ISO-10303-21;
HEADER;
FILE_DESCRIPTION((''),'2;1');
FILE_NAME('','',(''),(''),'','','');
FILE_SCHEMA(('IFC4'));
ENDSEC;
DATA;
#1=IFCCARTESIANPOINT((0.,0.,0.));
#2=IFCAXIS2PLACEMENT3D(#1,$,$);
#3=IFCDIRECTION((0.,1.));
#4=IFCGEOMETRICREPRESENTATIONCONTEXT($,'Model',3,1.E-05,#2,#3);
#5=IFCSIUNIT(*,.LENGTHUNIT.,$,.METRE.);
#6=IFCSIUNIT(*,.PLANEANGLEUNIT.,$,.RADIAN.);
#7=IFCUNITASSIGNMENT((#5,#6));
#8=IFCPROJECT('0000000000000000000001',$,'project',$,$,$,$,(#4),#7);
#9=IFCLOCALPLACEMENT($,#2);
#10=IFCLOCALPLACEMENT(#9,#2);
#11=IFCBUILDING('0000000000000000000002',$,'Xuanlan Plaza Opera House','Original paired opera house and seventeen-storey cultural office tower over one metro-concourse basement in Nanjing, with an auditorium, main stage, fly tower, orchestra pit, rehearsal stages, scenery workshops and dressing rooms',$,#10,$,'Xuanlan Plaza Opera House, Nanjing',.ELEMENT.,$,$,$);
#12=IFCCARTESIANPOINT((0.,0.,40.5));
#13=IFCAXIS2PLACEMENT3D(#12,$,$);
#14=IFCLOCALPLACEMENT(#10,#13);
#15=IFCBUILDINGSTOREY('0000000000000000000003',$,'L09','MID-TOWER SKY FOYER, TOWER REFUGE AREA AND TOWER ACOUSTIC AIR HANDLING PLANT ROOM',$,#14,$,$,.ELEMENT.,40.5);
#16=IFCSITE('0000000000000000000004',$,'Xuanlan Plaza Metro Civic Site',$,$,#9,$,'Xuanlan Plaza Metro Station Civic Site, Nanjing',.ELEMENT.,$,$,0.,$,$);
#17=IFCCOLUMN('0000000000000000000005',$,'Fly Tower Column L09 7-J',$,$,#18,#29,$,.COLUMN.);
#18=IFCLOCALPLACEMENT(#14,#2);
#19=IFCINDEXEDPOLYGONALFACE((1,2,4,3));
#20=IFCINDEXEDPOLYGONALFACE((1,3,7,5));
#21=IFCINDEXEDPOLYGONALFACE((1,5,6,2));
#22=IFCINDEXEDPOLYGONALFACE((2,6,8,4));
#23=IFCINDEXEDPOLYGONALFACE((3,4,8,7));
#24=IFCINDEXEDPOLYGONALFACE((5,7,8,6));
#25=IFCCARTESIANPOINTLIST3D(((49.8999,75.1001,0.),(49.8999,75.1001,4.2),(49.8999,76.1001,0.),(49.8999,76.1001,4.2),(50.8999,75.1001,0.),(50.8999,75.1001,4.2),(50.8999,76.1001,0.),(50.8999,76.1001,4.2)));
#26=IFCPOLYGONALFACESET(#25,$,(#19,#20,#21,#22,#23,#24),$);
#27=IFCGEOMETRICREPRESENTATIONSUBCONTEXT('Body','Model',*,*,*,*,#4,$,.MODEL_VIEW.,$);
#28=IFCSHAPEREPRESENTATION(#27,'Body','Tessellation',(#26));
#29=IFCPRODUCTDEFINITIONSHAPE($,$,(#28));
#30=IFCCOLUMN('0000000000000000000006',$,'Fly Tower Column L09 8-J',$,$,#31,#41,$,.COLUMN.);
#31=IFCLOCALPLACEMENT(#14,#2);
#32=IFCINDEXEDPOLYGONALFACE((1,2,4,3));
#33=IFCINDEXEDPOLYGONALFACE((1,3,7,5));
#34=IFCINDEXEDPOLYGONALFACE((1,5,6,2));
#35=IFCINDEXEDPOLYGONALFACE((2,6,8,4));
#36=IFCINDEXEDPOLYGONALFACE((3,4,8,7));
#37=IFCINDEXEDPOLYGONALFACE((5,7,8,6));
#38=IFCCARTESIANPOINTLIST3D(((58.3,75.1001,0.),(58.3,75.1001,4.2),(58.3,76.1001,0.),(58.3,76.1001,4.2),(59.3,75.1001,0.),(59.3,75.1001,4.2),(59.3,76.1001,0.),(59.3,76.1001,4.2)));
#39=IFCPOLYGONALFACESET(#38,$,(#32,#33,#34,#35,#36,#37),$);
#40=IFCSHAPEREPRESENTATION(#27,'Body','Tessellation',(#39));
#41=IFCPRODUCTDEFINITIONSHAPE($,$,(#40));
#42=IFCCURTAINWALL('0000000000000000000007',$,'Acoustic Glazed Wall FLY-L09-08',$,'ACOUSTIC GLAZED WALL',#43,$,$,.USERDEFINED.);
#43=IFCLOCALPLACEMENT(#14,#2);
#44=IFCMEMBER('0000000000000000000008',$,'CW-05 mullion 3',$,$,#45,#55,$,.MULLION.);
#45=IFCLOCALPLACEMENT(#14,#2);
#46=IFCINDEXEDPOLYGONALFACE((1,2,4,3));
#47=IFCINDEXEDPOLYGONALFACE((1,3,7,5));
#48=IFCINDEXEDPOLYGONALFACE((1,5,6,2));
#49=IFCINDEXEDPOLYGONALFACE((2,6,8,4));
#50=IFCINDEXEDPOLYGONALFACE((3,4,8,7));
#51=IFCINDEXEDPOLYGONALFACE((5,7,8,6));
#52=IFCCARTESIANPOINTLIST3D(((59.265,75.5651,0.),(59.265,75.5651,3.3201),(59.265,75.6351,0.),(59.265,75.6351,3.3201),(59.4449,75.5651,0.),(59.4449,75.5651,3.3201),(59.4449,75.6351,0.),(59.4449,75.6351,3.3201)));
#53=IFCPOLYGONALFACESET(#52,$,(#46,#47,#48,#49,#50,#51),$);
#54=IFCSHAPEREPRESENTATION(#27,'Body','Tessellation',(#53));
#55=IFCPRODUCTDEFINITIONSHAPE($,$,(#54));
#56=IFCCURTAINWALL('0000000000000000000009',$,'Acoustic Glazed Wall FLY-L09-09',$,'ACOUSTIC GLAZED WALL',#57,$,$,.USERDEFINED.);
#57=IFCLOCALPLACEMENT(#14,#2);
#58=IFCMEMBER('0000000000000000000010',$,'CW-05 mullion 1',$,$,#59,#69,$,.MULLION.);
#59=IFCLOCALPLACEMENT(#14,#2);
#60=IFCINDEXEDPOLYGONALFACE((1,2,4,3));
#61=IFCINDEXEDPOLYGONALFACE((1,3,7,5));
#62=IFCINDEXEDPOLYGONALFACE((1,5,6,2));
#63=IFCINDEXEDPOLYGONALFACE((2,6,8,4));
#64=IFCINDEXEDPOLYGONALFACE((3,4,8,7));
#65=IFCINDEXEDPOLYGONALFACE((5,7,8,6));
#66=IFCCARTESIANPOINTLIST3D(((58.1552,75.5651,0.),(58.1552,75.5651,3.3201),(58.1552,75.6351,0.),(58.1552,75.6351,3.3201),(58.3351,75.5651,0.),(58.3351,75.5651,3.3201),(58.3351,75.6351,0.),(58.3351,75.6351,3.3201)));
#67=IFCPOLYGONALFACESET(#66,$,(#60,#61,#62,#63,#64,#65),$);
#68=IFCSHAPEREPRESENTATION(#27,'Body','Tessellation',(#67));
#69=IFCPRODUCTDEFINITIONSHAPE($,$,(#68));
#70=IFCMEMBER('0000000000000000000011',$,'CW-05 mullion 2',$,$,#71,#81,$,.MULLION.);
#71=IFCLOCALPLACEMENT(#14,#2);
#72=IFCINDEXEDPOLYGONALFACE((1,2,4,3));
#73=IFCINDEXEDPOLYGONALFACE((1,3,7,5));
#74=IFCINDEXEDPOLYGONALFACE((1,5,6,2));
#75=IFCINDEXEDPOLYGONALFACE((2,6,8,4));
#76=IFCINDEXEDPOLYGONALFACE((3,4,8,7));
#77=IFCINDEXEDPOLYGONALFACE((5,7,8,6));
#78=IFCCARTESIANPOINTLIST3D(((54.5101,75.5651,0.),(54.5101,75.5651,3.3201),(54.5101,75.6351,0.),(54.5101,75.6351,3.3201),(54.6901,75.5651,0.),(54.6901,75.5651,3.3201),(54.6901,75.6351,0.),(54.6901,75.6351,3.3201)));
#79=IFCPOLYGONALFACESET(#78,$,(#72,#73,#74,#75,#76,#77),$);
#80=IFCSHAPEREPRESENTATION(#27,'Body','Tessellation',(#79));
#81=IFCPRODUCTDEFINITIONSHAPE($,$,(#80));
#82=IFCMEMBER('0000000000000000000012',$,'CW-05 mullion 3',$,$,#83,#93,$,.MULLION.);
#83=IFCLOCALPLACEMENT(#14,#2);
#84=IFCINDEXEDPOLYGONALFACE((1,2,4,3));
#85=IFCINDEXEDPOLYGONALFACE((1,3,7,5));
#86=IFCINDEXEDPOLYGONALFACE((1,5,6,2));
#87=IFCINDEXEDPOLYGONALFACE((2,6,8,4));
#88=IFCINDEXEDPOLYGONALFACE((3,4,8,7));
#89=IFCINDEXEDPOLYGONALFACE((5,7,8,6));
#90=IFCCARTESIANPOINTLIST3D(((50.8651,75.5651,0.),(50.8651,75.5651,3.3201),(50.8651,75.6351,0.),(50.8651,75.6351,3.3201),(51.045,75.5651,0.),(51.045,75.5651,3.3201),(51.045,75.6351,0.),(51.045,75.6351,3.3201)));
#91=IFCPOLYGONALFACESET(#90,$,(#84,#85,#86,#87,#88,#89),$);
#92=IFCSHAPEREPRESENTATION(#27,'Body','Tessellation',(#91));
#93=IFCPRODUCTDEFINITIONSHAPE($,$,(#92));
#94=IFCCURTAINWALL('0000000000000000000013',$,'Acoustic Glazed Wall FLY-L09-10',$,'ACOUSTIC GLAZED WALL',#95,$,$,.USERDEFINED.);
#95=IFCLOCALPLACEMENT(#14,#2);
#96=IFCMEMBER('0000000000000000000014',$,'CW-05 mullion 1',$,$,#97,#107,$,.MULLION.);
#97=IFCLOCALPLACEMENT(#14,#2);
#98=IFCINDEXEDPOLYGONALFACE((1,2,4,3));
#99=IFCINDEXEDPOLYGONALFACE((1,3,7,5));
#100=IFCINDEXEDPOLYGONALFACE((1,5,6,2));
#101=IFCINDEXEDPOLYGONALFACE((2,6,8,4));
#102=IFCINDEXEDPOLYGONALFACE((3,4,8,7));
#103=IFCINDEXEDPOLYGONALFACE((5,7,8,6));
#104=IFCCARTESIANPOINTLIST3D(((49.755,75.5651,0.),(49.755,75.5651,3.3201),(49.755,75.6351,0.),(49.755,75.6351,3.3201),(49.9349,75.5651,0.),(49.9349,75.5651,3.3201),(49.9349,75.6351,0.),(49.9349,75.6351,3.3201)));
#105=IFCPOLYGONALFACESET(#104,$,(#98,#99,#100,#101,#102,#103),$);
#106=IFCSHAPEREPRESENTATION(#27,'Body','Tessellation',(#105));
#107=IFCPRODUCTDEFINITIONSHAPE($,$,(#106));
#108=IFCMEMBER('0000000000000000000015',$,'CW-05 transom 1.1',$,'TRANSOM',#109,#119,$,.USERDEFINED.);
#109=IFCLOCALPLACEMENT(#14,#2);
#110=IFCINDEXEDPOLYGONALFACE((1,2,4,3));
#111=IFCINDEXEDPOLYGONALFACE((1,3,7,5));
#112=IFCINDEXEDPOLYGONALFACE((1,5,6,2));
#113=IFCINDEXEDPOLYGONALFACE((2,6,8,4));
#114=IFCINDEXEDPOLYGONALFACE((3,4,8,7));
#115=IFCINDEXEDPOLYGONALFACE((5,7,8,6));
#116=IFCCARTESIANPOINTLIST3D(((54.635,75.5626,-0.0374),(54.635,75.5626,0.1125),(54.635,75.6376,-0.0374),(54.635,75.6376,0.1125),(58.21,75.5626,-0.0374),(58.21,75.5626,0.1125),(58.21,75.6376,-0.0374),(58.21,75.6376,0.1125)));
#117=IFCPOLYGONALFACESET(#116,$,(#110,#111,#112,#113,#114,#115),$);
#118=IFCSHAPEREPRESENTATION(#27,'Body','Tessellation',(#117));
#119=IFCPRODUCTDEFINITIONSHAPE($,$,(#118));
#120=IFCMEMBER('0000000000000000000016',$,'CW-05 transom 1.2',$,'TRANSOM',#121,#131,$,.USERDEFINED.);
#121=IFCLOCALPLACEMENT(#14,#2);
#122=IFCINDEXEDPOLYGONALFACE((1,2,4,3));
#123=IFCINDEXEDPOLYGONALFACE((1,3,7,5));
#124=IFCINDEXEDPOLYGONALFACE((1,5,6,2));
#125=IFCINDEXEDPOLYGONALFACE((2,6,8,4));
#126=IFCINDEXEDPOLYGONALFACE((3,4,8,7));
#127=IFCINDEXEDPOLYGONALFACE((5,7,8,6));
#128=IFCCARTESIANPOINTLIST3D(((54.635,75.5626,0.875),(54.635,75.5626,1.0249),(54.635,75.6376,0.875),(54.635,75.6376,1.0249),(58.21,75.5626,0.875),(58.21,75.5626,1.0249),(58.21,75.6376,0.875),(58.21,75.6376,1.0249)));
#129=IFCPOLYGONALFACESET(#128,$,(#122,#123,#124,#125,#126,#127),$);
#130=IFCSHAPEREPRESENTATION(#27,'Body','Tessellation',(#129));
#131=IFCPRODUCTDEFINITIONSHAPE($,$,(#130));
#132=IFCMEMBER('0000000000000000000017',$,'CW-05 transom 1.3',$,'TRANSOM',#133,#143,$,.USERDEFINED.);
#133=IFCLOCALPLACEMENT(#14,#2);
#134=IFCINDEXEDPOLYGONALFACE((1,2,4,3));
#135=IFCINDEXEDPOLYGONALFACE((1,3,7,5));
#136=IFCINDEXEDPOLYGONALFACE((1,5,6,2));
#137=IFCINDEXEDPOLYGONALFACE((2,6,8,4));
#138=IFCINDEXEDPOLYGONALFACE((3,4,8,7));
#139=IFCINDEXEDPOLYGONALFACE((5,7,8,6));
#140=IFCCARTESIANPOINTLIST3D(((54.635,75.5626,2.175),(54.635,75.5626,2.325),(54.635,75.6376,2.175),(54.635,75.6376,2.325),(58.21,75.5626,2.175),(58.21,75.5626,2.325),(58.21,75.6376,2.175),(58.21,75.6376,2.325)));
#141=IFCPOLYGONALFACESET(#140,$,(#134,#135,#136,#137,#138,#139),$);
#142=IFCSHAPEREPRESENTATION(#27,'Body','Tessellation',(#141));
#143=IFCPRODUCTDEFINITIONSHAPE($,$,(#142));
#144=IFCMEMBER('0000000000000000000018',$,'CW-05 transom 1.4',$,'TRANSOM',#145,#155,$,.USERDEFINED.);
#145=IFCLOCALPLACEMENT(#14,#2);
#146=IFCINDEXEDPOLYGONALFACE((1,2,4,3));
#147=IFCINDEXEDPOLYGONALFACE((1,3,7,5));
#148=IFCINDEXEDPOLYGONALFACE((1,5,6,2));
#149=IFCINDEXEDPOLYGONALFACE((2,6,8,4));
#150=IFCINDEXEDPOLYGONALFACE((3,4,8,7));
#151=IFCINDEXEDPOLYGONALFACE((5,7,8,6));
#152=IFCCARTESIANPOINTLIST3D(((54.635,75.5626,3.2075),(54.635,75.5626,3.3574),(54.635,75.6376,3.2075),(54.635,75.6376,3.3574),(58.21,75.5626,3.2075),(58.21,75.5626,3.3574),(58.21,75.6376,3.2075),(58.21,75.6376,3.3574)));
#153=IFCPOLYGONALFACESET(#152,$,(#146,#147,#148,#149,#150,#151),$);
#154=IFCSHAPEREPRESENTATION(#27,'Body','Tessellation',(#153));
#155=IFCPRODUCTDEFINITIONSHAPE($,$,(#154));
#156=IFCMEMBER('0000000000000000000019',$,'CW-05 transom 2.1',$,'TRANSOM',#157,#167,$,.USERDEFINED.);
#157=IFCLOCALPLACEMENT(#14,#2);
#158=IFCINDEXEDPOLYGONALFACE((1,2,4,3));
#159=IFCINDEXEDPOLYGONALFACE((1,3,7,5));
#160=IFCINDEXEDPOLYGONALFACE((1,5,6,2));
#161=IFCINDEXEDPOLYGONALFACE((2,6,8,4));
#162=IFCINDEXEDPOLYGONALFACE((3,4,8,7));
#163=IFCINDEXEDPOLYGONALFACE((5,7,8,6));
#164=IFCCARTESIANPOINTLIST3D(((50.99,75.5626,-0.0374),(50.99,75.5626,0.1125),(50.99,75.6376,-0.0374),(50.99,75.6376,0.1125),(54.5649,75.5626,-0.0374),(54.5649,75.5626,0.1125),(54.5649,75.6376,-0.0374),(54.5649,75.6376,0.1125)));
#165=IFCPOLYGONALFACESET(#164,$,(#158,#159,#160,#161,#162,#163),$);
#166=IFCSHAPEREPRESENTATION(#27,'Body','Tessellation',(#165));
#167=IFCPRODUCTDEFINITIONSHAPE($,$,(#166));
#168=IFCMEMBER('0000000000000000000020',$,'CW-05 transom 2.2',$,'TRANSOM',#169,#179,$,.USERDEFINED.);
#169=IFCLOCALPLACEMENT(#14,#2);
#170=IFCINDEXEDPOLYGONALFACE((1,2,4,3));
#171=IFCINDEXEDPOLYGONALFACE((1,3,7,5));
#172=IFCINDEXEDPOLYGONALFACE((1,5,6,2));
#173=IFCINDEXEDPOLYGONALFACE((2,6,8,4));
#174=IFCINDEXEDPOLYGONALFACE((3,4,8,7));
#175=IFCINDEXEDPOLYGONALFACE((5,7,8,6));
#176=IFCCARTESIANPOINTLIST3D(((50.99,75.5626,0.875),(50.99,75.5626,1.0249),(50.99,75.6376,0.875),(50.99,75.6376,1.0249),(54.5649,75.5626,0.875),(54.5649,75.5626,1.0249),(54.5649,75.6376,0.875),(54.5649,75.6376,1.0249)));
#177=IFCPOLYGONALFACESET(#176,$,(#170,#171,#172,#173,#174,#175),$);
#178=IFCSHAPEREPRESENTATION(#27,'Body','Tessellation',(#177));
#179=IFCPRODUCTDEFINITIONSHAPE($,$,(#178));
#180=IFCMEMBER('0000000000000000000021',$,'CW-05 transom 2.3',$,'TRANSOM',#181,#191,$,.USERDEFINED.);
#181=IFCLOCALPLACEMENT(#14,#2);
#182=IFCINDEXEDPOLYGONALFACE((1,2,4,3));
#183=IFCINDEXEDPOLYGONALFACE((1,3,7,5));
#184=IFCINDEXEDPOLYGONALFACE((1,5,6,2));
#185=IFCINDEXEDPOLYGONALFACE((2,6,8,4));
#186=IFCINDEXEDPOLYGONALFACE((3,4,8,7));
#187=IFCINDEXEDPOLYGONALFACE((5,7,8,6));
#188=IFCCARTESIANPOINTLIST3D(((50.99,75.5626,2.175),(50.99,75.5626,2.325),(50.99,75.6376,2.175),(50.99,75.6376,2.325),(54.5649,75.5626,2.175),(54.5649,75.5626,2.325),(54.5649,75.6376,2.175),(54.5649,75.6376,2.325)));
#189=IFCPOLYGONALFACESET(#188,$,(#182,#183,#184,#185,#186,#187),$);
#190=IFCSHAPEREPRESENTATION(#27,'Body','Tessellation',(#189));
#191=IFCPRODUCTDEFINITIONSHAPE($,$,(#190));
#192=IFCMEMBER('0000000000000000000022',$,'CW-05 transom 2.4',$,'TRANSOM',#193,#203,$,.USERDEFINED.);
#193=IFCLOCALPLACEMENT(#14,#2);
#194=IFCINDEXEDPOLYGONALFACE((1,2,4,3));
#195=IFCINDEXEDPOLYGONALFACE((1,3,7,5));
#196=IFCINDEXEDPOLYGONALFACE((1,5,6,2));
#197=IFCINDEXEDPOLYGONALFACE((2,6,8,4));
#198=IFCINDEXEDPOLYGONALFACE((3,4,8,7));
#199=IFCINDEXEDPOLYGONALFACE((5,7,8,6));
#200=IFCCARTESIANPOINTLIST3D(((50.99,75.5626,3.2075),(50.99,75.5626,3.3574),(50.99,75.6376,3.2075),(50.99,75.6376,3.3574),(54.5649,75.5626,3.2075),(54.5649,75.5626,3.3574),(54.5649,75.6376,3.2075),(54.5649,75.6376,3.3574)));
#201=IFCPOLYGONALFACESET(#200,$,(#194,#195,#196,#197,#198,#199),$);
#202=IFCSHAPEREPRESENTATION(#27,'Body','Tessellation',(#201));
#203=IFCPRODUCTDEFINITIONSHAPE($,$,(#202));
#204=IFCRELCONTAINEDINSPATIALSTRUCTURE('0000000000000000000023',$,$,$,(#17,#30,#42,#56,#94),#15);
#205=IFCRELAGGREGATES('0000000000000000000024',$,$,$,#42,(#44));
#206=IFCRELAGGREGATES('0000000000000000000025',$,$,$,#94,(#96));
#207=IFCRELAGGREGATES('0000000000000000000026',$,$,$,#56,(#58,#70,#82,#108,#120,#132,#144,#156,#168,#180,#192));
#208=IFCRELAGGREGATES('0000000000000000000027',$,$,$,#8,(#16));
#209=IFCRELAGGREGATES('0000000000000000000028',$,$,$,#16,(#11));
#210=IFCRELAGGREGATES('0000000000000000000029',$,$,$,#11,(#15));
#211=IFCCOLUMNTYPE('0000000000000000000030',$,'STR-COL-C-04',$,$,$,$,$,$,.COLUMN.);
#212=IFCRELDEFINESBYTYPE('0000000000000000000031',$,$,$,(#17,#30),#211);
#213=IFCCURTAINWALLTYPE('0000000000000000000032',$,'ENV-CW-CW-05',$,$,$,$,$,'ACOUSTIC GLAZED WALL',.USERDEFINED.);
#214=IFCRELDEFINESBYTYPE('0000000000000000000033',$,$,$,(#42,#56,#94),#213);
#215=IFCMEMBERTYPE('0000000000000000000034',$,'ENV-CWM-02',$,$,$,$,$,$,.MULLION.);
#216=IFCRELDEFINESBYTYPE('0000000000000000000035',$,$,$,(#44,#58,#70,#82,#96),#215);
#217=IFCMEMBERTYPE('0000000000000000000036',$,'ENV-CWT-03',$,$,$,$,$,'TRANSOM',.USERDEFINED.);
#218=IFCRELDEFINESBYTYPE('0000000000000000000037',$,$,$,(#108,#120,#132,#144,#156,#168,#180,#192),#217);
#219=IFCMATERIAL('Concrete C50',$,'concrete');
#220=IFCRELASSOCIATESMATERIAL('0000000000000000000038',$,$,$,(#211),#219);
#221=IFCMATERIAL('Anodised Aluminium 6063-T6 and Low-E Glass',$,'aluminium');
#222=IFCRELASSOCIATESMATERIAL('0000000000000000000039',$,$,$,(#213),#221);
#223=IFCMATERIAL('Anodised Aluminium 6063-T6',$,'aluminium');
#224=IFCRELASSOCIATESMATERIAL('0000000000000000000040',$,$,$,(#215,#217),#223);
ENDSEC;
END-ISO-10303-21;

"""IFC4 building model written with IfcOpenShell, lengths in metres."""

from ifc_helpers import new_model, si_unit, direction, frame, origin, origin_2d, place, context, subcontext, project, spatial, rectangle, extrude, material, material_profile, profile_set, type_object, element, aggregate, save


model = new_model("IFC4")

# Units and contexts
model_context = context("Model", 3, precision=1e-05, world=origin(), true_north=direction((0.0, 1.0)))
body_context = subcontext(model_context, "Body", "Model", "MODEL_VIEW")
ifc_project = project(units=[si_unit("LENGTHUNIT", "METRE"), si_unit("PLANEANGLEUNIT", "RADIAN")], contexts=[model_context])

# Site, building, storey
site_placement = place(None, origin())
site = spatial("IfcSite", under=ifc_project, at=site_placement, Name="Xuanlan Plaza Metro Civic Site", LongName="Xuanlan Plaza Metro Station Civic Site, Nanjing", CompositionType="ELEMENT", RefElevation=0.0)
building_placement = place(site_placement, origin())
building = spatial("IfcBuilding", under=site, at=building_placement, Name="Xuanlan Plaza Opera House", Description="Original paired opera house and seventeen-storey cultural office tower over one metro-concourse basement in Nanjing, with an auditorium, main stage, fly tower, orchestra pit, rehearsal stages, scenery workshops and dressing rooms", LongName="Xuanlan Plaza Opera House, Nanjing", CompositionType="ELEMENT")
storey_placement = place(building_placement, frame((0.0, 0.0, 40.5)))
storey = spatial("IfcBuildingStorey", under=building, at=storey_placement, Name="L09", Description="MID-TOWER SKY FOYER, TOWER REFUGE AREA AND TOWER ACOUSTIC AIR HANDLING PLANT ROOM", CompositionType="ELEMENT", Elevation=40.5)

# Columns
ifc_material_1 = material(Name="Concrete C50", Category="concrete")
ifc_material_profile_1 = material_profile(ifc_material_1, rectangle(XDim=1.0, YDim=1.0, at=origin_2d()), Name="RC-COL 1000x1000")
ifc_profile_set_1 = profile_set([ifc_material_profile_1], Name="Concrete C50")
column_type = type_object("IfcColumnType", Name="STR-COL-C-04", PredefinedType="COLUMN", material=ifc_profile_set_1)
for number, where, z_axis, x_axis, name in (
    (1, (50.3999, 75.6001, 0.0), (0.0, 0.0, 1.0), (1.0, 0.0, 0.0), "Fly Tower Column L09 7-J"),
    (2, (58.8, 75.6001, 0.0), (0.0, 0.0, 1.0), (1.0, 0.0, 0.0), "Fly Tower Column L09 8-J"),
):
    element("IfcColumn", number, at=place(storey_placement, frame(where, z_axis=z_axis, x_axis=x_axis)), inside=storey, type_object=column_type, Name=name, PredefinedType="COLUMN", context=body_context, shape_type="SweptSolid", body=[
        extrude(rectangle(XDim=1.0, YDim=1.0, at=origin_2d()), origin(), (0.0, 0.0, 1.0), 4.2),
    ])

# Curtain wall, member
ifc_material_2 = material(Name="Anodised Aluminium 6063-T6 and Low-E Glass", Category="aluminium")
curtain_wall_type = type_object("IfcCurtainWallType", Name="ENV-CW-CW-05", ElementType="ACOUSTIC GLAZED WALL", PredefinedType="USERDEFINED", material=ifc_material_2)
curtain_wall_1_placement = place(storey_placement, origin())
curtain_wall_1 = element("IfcCurtainWall", 3, at=curtain_wall_1_placement, inside=storey, type_object=curtain_wall_type, Name="Acoustic Glazed Wall FLY-L09-08", ObjectType="ACOUSTIC GLAZED WALL", PredefinedType="USERDEFINED")
ifc_material_3 = material(Name="Anodised Aluminium 6063-T6", Category="aluminium")
ifc_material_profile_2 = material_profile(ifc_material_3, rectangle(XDim=0.0701, YDim=0.1799, at=origin_2d()), Name="ALU-M 70x180")
ifc_profile_set_2 = profile_set([ifc_material_profile_2], Name="Anodised Aluminium 6063-T6")
member_type_1 = type_object("IfcMemberType", Name="ENV-CWM-02", PredefinedType="MULLION", material=ifc_profile_set_2)
member_1_placement = place(storey_placement, frame((59.355, 75.6001, 0.0), z_axis=(0.0, 0.0, 1.0), x_axis=(0.0, -1.0, 0.0)))
member_1 = element("IfcMember", 4, at=member_1_placement, type_object=member_type_1, Name="CW-05 mullion 3", PredefinedType="MULLION", context=body_context, shape_type="SweptSolid", body=[
    extrude(rectangle(XDim=0.0701, YDim=0.1799, at=origin_2d()), origin(), (0.0, 0.0, 1.0), 3.3201),
])
aggregate(curtain_wall_1, [member_1])

# Curtain wall, members
curtain_wall_2_placement = place(storey_placement, origin())
curtain_wall_2 = element("IfcCurtainWall", 5, at=curtain_wall_2_placement, inside=storey, type_object=curtain_wall_type, Name="Acoustic Glazed Wall FLY-L09-09", ObjectType="ACOUSTIC GLAZED WALL", PredefinedType="USERDEFINED")
member_2_placement = place(storey_placement, frame((58.2451, 75.6001, 0.0), z_axis=(0.0, 0.0, 1.0), x_axis=(0.0, -1.0, 0.0)))
member_2 = element("IfcMember", 6, at=member_2_placement, type_object=member_type_1, Name="CW-05 mullion 1", PredefinedType="MULLION", context=body_context, shape_type="SweptSolid", body=[
    extrude(rectangle(XDim=0.0701, YDim=0.1799, at=origin_2d()), origin(), (0.0, 0.0, 1.0), 3.3201),
])
member_3_placement = place(storey_placement, frame((54.6001, 75.6001, 0.0), z_axis=(0.0, 0.0, 1.0), x_axis=(0.0, -1.0, 0.0)))
member_3 = element("IfcMember", 7, at=member_3_placement, type_object=member_type_1, Name="CW-05 mullion 2", PredefinedType="MULLION", context=body_context, shape_type="SweptSolid", body=[
    extrude(rectangle(XDim=0.0701, YDim=0.1799, at=origin_2d()), origin(), (0.0, 0.0, 1.0), 3.3201),
])
member_4_placement = place(storey_placement, frame((50.9551, 75.6001, 0.0), z_axis=(0.0, 0.0, 1.0), x_axis=(0.0, -1.0, 0.0)))
member_4 = element("IfcMember", 8, at=member_4_placement, type_object=member_type_1, Name="CW-05 mullion 3", PredefinedType="MULLION", context=body_context, shape_type="SweptSolid", body=[
    extrude(rectangle(XDim=0.0701, YDim=0.1799, at=origin_2d()), origin(), (0.0, 0.0, 1.0), 3.3201),
])

# Curtain wall, member
curtain_wall_3_placement = place(storey_placement, origin())
curtain_wall_3 = element("IfcCurtainWall", 9, at=curtain_wall_3_placement, inside=storey, type_object=curtain_wall_type, Name="Acoustic Glazed Wall FLY-L09-10", ObjectType="ACOUSTIC GLAZED WALL", PredefinedType="USERDEFINED")
member_5_placement = place(storey_placement, frame((49.845, 75.6001, 0.0), z_axis=(0.0, 0.0, 1.0), x_axis=(0.0, -1.0, 0.0)))
member_5 = element("IfcMember", 10, at=member_5_placement, type_object=member_type_1, Name="CW-05 mullion 1", PredefinedType="MULLION", context=body_context, shape_type="SweptSolid", body=[
    extrude(rectangle(XDim=0.0701, YDim=0.1799, at=origin_2d()), origin(), (0.0, 0.0, 1.0), 3.3201),
])

# Members
ifc_material_profile_3 = material_profile(ifc_material_3, rectangle(XDim=0.075, YDim=0.1499, at=origin_2d()), Name="ALU-T 75x150")
ifc_profile_set_3 = profile_set([ifc_material_profile_3], Name="Anodised Aluminium 6063-T6")
member_type_2 = type_object("IfcMemberType", Name="ENV-CWT-03", ElementType="TRANSOM", PredefinedType="USERDEFINED", material=ifc_profile_set_3)
member_6_placement = place(storey_placement, frame((58.21, 75.6001, 0.0376), z_axis=(-1.0, 0.0, 0.0), x_axis=(0.0, -1.0, 0.0)))
member_6 = element("IfcMember", 11, at=member_6_placement, type_object=member_type_2, Name="CW-05 transom 1.1", ObjectType="TRANSOM", PredefinedType="USERDEFINED", context=body_context, shape_type="SweptSolid", body=[
    extrude(rectangle(XDim=0.075, YDim=0.1499, at=origin_2d()), origin(), (0.0, 0.0, 1.0), 3.575),
])
member_7_placement = place(storey_placement, frame((58.21, 75.6001, 0.95), z_axis=(-1.0, 0.0, 0.0), x_axis=(0.0, -1.0, 0.0)))
member_7 = element("IfcMember", 12, at=member_7_placement, type_object=member_type_2, Name="CW-05 transom 1.2", ObjectType="TRANSOM", PredefinedType="USERDEFINED", context=body_context, shape_type="SweptSolid", body=[
    extrude(rectangle(XDim=0.075, YDim=0.1499, at=origin_2d()), origin(), (0.0, 0.0, 1.0), 3.575),
])
member_8_placement = place(storey_placement, frame((58.21, 75.6001, 2.25), z_axis=(-1.0, 0.0, 0.0), x_axis=(0.0, -1.0, 0.0)))
member_8 = element("IfcMember", 13, at=member_8_placement, type_object=member_type_2, Name="CW-05 transom 1.3", ObjectType="TRANSOM", PredefinedType="USERDEFINED", context=body_context, shape_type="SweptSolid", body=[
    extrude(rectangle(XDim=0.075, YDim=0.1499, at=origin_2d()), origin(), (0.0, 0.0, 1.0), 3.575),
])
member_9_placement = place(storey_placement, frame((58.21, 75.6001, 3.2825), z_axis=(-1.0, 0.0, 0.0), x_axis=(0.0, -1.0, 0.0)))
member_9 = element("IfcMember", 14, at=member_9_placement, type_object=member_type_2, Name="CW-05 transom 1.4", ObjectType="TRANSOM", PredefinedType="USERDEFINED", context=body_context, shape_type="SweptSolid", body=[
    extrude(rectangle(XDim=0.075, YDim=0.1499, at=origin_2d()), origin(), (0.0, 0.0, 1.0), 3.575),
])
member_10_placement = place(storey_placement, frame((54.5649, 75.6001, 0.0376), z_axis=(-1.0, 0.0, 0.0), x_axis=(0.0, -1.0, 0.0)))
member_10 = element("IfcMember", 15, at=member_10_placement, type_object=member_type_2, Name="CW-05 transom 2.1", ObjectType="TRANSOM", PredefinedType="USERDEFINED", context=body_context, shape_type="SweptSolid", body=[
    extrude(rectangle(XDim=0.075, YDim=0.1499, at=origin_2d()), origin(), (0.0, 0.0, 1.0), 3.575),
])
member_11_placement = place(storey_placement, frame((54.5649, 75.6001, 0.95), z_axis=(-1.0, 0.0, 0.0), x_axis=(0.0, -1.0, 0.0)))
member_11 = element("IfcMember", 16, at=member_11_placement, type_object=member_type_2, Name="CW-05 transom 2.2", ObjectType="TRANSOM", PredefinedType="USERDEFINED", context=body_context, shape_type="SweptSolid", body=[
    extrude(rectangle(XDim=0.075, YDim=0.1499, at=origin_2d()), origin(), (0.0, 0.0, 1.0), 3.575),
])
member_12_placement = place(storey_placement, frame((54.5649, 75.6001, 2.25), z_axis=(-1.0, 0.0, 0.0), x_axis=(0.0, -1.0, 0.0)))
member_12 = element("IfcMember", 17, at=member_12_placement, type_object=member_type_2, Name="CW-05 transom 2.3", ObjectType="TRANSOM", PredefinedType="USERDEFINED", context=body_context, shape_type="SweptSolid", body=[
    extrude(rectangle(XDim=0.075, YDim=0.1499, at=origin_2d()), origin(), (0.0, 0.0, 1.0), 3.575),
])
member_13_placement = place(storey_placement, frame((54.5649, 75.6001, 3.2825), z_axis=(-1.0, 0.0, 0.0), x_axis=(0.0, -1.0, 0.0)))
member_13 = element("IfcMember", 18, at=member_13_placement, type_object=member_type_2, Name="CW-05 transom 2.4", ObjectType="TRANSOM", PredefinedType="USERDEFINED", context=body_context, shape_type="SweptSolid", body=[
    extrude(rectangle(XDim=0.075, YDim=0.1499, at=origin_2d()), origin(), (0.0, 0.0, 1.0), 3.575),
])
aggregate(curtain_wall_3, [member_5])

aggregate(curtain_wall_2, [member_2, member_3, member_4, member_6, member_7, member_8, member_9, member_10, member_11, member_12, member_13])

save(model, "model.ifc")
